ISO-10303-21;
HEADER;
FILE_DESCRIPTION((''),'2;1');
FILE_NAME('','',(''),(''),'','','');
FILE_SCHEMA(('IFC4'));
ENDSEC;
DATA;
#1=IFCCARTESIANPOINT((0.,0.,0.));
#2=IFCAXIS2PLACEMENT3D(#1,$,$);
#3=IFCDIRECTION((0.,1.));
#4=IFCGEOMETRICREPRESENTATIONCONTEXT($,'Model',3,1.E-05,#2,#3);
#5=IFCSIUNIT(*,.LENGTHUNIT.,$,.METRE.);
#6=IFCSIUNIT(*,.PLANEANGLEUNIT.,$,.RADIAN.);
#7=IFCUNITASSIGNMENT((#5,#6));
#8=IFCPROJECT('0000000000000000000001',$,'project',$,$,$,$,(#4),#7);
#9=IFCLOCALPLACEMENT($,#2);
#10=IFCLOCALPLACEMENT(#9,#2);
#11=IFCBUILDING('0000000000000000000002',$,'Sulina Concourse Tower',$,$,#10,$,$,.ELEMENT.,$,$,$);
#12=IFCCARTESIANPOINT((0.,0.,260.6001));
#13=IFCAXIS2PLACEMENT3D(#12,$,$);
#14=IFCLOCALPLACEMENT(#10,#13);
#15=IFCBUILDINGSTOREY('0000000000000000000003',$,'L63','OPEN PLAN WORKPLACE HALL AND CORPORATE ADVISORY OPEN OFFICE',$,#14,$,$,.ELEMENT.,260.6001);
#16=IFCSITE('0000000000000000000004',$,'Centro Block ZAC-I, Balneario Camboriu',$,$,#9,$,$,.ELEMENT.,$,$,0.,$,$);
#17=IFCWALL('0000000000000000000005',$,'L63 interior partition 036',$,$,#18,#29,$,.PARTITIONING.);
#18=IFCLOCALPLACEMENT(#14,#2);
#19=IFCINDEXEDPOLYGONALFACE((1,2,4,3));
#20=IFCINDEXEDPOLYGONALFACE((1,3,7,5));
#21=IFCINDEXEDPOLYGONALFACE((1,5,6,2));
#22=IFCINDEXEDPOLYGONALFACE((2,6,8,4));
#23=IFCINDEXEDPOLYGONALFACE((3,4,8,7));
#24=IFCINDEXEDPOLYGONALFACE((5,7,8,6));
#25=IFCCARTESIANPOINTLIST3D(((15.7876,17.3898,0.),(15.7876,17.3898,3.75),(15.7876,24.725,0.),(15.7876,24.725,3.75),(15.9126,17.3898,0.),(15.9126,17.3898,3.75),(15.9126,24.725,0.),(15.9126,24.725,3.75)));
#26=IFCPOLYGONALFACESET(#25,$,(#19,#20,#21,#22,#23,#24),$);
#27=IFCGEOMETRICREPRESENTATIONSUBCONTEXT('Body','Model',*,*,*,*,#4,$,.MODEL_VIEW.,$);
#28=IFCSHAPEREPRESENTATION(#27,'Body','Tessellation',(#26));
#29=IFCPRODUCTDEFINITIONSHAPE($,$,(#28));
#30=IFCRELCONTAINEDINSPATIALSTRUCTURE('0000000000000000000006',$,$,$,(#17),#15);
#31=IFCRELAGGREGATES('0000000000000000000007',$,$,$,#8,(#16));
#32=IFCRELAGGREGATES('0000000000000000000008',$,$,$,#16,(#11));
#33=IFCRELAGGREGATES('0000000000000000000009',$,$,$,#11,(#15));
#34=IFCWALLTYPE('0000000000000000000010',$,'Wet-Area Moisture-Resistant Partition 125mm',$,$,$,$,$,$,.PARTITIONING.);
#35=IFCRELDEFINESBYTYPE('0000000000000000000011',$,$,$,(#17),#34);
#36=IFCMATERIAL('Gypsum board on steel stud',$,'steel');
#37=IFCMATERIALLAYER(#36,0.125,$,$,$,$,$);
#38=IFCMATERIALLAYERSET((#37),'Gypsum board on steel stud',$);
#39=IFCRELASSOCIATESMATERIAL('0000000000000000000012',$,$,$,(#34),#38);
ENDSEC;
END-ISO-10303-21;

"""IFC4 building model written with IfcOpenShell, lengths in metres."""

from ifc_helpers import new_model, si_unit, direction, frame, frame_2d, origin, place, context, subcontext, project, spatial, rectangle, extrude, material, layer, layer_set, type_object, element, save


model = new_model("IFC4")

# Units and contexts
model_context = context("Model", 3, precision=1e-05, world=origin(), true_north=direction((0.0, 1.0)))
body_context = subcontext(model_context, "Body", "Model", "MODEL_VIEW")
ifc_project = project(units=[si_unit("LENGTHUNIT", "METRE"), si_unit("PLANEANGLEUNIT", "RADIAN")], contexts=[model_context])

# Site, building, storey
site_placement = place(None, origin())
site = spatial("IfcSite", under=ifc_project, at=site_placement, Name="Centro Block ZAC-I, Balneario Camboriu", CompositionType="ELEMENT", RefElevation=0.0)
building_placement = place(site_placement, origin())
building = spatial("IfcBuilding", under=site, at=building_placement, Name="Sulina Concourse Tower", CompositionType="ELEMENT")
storey_placement = place(building_placement, frame((0.0, 0.0, 260.6001)))
storey = spatial("IfcBuildingStorey", under=building, at=storey_placement, Name="L63", Description="OPEN PLAN WORKPLACE HALL AND CORPORATE ADVISORY OPEN OFFICE", CompositionType="ELEMENT", Elevation=260.6001)

# Wall
ifc_material_1 = material(Name="Gypsum board on steel stud", Category="steel")
ifc_layer_1 = layer(ifc_material_1, 0.125)
ifc_layer_set_1 = layer_set([ifc_layer_1], Name="Gypsum board on steel stud")
wall_type_1 = type_object("IfcWallType", Name="Wet-Area Moisture-Resistant Partition 125mm", PredefinedType="PARTITIONING", material=ifc_layer_set_1)
wall_1_placement = place(storey_placement, frame((15.8501, 17.3899, 0.0), z_axis=(0.0, 0.0, 1.0), x_axis=(0.0, 1.0, 0.0)))
element("IfcWall", 1, at=wall_1_placement, inside=storey, type_object=wall_type_1, Name="L63 interior partition 036", PredefinedType="PARTITIONING", context=body_context, shape_type="SweptSolid", body=[
    extrude(rectangle(XDim=7.3352, YDim=0.125, at=frame_2d((3.6675, 0.0))), origin(), (0.0, 0.0, 1.0), 3.75),
])

save(model, "model.ifc")
